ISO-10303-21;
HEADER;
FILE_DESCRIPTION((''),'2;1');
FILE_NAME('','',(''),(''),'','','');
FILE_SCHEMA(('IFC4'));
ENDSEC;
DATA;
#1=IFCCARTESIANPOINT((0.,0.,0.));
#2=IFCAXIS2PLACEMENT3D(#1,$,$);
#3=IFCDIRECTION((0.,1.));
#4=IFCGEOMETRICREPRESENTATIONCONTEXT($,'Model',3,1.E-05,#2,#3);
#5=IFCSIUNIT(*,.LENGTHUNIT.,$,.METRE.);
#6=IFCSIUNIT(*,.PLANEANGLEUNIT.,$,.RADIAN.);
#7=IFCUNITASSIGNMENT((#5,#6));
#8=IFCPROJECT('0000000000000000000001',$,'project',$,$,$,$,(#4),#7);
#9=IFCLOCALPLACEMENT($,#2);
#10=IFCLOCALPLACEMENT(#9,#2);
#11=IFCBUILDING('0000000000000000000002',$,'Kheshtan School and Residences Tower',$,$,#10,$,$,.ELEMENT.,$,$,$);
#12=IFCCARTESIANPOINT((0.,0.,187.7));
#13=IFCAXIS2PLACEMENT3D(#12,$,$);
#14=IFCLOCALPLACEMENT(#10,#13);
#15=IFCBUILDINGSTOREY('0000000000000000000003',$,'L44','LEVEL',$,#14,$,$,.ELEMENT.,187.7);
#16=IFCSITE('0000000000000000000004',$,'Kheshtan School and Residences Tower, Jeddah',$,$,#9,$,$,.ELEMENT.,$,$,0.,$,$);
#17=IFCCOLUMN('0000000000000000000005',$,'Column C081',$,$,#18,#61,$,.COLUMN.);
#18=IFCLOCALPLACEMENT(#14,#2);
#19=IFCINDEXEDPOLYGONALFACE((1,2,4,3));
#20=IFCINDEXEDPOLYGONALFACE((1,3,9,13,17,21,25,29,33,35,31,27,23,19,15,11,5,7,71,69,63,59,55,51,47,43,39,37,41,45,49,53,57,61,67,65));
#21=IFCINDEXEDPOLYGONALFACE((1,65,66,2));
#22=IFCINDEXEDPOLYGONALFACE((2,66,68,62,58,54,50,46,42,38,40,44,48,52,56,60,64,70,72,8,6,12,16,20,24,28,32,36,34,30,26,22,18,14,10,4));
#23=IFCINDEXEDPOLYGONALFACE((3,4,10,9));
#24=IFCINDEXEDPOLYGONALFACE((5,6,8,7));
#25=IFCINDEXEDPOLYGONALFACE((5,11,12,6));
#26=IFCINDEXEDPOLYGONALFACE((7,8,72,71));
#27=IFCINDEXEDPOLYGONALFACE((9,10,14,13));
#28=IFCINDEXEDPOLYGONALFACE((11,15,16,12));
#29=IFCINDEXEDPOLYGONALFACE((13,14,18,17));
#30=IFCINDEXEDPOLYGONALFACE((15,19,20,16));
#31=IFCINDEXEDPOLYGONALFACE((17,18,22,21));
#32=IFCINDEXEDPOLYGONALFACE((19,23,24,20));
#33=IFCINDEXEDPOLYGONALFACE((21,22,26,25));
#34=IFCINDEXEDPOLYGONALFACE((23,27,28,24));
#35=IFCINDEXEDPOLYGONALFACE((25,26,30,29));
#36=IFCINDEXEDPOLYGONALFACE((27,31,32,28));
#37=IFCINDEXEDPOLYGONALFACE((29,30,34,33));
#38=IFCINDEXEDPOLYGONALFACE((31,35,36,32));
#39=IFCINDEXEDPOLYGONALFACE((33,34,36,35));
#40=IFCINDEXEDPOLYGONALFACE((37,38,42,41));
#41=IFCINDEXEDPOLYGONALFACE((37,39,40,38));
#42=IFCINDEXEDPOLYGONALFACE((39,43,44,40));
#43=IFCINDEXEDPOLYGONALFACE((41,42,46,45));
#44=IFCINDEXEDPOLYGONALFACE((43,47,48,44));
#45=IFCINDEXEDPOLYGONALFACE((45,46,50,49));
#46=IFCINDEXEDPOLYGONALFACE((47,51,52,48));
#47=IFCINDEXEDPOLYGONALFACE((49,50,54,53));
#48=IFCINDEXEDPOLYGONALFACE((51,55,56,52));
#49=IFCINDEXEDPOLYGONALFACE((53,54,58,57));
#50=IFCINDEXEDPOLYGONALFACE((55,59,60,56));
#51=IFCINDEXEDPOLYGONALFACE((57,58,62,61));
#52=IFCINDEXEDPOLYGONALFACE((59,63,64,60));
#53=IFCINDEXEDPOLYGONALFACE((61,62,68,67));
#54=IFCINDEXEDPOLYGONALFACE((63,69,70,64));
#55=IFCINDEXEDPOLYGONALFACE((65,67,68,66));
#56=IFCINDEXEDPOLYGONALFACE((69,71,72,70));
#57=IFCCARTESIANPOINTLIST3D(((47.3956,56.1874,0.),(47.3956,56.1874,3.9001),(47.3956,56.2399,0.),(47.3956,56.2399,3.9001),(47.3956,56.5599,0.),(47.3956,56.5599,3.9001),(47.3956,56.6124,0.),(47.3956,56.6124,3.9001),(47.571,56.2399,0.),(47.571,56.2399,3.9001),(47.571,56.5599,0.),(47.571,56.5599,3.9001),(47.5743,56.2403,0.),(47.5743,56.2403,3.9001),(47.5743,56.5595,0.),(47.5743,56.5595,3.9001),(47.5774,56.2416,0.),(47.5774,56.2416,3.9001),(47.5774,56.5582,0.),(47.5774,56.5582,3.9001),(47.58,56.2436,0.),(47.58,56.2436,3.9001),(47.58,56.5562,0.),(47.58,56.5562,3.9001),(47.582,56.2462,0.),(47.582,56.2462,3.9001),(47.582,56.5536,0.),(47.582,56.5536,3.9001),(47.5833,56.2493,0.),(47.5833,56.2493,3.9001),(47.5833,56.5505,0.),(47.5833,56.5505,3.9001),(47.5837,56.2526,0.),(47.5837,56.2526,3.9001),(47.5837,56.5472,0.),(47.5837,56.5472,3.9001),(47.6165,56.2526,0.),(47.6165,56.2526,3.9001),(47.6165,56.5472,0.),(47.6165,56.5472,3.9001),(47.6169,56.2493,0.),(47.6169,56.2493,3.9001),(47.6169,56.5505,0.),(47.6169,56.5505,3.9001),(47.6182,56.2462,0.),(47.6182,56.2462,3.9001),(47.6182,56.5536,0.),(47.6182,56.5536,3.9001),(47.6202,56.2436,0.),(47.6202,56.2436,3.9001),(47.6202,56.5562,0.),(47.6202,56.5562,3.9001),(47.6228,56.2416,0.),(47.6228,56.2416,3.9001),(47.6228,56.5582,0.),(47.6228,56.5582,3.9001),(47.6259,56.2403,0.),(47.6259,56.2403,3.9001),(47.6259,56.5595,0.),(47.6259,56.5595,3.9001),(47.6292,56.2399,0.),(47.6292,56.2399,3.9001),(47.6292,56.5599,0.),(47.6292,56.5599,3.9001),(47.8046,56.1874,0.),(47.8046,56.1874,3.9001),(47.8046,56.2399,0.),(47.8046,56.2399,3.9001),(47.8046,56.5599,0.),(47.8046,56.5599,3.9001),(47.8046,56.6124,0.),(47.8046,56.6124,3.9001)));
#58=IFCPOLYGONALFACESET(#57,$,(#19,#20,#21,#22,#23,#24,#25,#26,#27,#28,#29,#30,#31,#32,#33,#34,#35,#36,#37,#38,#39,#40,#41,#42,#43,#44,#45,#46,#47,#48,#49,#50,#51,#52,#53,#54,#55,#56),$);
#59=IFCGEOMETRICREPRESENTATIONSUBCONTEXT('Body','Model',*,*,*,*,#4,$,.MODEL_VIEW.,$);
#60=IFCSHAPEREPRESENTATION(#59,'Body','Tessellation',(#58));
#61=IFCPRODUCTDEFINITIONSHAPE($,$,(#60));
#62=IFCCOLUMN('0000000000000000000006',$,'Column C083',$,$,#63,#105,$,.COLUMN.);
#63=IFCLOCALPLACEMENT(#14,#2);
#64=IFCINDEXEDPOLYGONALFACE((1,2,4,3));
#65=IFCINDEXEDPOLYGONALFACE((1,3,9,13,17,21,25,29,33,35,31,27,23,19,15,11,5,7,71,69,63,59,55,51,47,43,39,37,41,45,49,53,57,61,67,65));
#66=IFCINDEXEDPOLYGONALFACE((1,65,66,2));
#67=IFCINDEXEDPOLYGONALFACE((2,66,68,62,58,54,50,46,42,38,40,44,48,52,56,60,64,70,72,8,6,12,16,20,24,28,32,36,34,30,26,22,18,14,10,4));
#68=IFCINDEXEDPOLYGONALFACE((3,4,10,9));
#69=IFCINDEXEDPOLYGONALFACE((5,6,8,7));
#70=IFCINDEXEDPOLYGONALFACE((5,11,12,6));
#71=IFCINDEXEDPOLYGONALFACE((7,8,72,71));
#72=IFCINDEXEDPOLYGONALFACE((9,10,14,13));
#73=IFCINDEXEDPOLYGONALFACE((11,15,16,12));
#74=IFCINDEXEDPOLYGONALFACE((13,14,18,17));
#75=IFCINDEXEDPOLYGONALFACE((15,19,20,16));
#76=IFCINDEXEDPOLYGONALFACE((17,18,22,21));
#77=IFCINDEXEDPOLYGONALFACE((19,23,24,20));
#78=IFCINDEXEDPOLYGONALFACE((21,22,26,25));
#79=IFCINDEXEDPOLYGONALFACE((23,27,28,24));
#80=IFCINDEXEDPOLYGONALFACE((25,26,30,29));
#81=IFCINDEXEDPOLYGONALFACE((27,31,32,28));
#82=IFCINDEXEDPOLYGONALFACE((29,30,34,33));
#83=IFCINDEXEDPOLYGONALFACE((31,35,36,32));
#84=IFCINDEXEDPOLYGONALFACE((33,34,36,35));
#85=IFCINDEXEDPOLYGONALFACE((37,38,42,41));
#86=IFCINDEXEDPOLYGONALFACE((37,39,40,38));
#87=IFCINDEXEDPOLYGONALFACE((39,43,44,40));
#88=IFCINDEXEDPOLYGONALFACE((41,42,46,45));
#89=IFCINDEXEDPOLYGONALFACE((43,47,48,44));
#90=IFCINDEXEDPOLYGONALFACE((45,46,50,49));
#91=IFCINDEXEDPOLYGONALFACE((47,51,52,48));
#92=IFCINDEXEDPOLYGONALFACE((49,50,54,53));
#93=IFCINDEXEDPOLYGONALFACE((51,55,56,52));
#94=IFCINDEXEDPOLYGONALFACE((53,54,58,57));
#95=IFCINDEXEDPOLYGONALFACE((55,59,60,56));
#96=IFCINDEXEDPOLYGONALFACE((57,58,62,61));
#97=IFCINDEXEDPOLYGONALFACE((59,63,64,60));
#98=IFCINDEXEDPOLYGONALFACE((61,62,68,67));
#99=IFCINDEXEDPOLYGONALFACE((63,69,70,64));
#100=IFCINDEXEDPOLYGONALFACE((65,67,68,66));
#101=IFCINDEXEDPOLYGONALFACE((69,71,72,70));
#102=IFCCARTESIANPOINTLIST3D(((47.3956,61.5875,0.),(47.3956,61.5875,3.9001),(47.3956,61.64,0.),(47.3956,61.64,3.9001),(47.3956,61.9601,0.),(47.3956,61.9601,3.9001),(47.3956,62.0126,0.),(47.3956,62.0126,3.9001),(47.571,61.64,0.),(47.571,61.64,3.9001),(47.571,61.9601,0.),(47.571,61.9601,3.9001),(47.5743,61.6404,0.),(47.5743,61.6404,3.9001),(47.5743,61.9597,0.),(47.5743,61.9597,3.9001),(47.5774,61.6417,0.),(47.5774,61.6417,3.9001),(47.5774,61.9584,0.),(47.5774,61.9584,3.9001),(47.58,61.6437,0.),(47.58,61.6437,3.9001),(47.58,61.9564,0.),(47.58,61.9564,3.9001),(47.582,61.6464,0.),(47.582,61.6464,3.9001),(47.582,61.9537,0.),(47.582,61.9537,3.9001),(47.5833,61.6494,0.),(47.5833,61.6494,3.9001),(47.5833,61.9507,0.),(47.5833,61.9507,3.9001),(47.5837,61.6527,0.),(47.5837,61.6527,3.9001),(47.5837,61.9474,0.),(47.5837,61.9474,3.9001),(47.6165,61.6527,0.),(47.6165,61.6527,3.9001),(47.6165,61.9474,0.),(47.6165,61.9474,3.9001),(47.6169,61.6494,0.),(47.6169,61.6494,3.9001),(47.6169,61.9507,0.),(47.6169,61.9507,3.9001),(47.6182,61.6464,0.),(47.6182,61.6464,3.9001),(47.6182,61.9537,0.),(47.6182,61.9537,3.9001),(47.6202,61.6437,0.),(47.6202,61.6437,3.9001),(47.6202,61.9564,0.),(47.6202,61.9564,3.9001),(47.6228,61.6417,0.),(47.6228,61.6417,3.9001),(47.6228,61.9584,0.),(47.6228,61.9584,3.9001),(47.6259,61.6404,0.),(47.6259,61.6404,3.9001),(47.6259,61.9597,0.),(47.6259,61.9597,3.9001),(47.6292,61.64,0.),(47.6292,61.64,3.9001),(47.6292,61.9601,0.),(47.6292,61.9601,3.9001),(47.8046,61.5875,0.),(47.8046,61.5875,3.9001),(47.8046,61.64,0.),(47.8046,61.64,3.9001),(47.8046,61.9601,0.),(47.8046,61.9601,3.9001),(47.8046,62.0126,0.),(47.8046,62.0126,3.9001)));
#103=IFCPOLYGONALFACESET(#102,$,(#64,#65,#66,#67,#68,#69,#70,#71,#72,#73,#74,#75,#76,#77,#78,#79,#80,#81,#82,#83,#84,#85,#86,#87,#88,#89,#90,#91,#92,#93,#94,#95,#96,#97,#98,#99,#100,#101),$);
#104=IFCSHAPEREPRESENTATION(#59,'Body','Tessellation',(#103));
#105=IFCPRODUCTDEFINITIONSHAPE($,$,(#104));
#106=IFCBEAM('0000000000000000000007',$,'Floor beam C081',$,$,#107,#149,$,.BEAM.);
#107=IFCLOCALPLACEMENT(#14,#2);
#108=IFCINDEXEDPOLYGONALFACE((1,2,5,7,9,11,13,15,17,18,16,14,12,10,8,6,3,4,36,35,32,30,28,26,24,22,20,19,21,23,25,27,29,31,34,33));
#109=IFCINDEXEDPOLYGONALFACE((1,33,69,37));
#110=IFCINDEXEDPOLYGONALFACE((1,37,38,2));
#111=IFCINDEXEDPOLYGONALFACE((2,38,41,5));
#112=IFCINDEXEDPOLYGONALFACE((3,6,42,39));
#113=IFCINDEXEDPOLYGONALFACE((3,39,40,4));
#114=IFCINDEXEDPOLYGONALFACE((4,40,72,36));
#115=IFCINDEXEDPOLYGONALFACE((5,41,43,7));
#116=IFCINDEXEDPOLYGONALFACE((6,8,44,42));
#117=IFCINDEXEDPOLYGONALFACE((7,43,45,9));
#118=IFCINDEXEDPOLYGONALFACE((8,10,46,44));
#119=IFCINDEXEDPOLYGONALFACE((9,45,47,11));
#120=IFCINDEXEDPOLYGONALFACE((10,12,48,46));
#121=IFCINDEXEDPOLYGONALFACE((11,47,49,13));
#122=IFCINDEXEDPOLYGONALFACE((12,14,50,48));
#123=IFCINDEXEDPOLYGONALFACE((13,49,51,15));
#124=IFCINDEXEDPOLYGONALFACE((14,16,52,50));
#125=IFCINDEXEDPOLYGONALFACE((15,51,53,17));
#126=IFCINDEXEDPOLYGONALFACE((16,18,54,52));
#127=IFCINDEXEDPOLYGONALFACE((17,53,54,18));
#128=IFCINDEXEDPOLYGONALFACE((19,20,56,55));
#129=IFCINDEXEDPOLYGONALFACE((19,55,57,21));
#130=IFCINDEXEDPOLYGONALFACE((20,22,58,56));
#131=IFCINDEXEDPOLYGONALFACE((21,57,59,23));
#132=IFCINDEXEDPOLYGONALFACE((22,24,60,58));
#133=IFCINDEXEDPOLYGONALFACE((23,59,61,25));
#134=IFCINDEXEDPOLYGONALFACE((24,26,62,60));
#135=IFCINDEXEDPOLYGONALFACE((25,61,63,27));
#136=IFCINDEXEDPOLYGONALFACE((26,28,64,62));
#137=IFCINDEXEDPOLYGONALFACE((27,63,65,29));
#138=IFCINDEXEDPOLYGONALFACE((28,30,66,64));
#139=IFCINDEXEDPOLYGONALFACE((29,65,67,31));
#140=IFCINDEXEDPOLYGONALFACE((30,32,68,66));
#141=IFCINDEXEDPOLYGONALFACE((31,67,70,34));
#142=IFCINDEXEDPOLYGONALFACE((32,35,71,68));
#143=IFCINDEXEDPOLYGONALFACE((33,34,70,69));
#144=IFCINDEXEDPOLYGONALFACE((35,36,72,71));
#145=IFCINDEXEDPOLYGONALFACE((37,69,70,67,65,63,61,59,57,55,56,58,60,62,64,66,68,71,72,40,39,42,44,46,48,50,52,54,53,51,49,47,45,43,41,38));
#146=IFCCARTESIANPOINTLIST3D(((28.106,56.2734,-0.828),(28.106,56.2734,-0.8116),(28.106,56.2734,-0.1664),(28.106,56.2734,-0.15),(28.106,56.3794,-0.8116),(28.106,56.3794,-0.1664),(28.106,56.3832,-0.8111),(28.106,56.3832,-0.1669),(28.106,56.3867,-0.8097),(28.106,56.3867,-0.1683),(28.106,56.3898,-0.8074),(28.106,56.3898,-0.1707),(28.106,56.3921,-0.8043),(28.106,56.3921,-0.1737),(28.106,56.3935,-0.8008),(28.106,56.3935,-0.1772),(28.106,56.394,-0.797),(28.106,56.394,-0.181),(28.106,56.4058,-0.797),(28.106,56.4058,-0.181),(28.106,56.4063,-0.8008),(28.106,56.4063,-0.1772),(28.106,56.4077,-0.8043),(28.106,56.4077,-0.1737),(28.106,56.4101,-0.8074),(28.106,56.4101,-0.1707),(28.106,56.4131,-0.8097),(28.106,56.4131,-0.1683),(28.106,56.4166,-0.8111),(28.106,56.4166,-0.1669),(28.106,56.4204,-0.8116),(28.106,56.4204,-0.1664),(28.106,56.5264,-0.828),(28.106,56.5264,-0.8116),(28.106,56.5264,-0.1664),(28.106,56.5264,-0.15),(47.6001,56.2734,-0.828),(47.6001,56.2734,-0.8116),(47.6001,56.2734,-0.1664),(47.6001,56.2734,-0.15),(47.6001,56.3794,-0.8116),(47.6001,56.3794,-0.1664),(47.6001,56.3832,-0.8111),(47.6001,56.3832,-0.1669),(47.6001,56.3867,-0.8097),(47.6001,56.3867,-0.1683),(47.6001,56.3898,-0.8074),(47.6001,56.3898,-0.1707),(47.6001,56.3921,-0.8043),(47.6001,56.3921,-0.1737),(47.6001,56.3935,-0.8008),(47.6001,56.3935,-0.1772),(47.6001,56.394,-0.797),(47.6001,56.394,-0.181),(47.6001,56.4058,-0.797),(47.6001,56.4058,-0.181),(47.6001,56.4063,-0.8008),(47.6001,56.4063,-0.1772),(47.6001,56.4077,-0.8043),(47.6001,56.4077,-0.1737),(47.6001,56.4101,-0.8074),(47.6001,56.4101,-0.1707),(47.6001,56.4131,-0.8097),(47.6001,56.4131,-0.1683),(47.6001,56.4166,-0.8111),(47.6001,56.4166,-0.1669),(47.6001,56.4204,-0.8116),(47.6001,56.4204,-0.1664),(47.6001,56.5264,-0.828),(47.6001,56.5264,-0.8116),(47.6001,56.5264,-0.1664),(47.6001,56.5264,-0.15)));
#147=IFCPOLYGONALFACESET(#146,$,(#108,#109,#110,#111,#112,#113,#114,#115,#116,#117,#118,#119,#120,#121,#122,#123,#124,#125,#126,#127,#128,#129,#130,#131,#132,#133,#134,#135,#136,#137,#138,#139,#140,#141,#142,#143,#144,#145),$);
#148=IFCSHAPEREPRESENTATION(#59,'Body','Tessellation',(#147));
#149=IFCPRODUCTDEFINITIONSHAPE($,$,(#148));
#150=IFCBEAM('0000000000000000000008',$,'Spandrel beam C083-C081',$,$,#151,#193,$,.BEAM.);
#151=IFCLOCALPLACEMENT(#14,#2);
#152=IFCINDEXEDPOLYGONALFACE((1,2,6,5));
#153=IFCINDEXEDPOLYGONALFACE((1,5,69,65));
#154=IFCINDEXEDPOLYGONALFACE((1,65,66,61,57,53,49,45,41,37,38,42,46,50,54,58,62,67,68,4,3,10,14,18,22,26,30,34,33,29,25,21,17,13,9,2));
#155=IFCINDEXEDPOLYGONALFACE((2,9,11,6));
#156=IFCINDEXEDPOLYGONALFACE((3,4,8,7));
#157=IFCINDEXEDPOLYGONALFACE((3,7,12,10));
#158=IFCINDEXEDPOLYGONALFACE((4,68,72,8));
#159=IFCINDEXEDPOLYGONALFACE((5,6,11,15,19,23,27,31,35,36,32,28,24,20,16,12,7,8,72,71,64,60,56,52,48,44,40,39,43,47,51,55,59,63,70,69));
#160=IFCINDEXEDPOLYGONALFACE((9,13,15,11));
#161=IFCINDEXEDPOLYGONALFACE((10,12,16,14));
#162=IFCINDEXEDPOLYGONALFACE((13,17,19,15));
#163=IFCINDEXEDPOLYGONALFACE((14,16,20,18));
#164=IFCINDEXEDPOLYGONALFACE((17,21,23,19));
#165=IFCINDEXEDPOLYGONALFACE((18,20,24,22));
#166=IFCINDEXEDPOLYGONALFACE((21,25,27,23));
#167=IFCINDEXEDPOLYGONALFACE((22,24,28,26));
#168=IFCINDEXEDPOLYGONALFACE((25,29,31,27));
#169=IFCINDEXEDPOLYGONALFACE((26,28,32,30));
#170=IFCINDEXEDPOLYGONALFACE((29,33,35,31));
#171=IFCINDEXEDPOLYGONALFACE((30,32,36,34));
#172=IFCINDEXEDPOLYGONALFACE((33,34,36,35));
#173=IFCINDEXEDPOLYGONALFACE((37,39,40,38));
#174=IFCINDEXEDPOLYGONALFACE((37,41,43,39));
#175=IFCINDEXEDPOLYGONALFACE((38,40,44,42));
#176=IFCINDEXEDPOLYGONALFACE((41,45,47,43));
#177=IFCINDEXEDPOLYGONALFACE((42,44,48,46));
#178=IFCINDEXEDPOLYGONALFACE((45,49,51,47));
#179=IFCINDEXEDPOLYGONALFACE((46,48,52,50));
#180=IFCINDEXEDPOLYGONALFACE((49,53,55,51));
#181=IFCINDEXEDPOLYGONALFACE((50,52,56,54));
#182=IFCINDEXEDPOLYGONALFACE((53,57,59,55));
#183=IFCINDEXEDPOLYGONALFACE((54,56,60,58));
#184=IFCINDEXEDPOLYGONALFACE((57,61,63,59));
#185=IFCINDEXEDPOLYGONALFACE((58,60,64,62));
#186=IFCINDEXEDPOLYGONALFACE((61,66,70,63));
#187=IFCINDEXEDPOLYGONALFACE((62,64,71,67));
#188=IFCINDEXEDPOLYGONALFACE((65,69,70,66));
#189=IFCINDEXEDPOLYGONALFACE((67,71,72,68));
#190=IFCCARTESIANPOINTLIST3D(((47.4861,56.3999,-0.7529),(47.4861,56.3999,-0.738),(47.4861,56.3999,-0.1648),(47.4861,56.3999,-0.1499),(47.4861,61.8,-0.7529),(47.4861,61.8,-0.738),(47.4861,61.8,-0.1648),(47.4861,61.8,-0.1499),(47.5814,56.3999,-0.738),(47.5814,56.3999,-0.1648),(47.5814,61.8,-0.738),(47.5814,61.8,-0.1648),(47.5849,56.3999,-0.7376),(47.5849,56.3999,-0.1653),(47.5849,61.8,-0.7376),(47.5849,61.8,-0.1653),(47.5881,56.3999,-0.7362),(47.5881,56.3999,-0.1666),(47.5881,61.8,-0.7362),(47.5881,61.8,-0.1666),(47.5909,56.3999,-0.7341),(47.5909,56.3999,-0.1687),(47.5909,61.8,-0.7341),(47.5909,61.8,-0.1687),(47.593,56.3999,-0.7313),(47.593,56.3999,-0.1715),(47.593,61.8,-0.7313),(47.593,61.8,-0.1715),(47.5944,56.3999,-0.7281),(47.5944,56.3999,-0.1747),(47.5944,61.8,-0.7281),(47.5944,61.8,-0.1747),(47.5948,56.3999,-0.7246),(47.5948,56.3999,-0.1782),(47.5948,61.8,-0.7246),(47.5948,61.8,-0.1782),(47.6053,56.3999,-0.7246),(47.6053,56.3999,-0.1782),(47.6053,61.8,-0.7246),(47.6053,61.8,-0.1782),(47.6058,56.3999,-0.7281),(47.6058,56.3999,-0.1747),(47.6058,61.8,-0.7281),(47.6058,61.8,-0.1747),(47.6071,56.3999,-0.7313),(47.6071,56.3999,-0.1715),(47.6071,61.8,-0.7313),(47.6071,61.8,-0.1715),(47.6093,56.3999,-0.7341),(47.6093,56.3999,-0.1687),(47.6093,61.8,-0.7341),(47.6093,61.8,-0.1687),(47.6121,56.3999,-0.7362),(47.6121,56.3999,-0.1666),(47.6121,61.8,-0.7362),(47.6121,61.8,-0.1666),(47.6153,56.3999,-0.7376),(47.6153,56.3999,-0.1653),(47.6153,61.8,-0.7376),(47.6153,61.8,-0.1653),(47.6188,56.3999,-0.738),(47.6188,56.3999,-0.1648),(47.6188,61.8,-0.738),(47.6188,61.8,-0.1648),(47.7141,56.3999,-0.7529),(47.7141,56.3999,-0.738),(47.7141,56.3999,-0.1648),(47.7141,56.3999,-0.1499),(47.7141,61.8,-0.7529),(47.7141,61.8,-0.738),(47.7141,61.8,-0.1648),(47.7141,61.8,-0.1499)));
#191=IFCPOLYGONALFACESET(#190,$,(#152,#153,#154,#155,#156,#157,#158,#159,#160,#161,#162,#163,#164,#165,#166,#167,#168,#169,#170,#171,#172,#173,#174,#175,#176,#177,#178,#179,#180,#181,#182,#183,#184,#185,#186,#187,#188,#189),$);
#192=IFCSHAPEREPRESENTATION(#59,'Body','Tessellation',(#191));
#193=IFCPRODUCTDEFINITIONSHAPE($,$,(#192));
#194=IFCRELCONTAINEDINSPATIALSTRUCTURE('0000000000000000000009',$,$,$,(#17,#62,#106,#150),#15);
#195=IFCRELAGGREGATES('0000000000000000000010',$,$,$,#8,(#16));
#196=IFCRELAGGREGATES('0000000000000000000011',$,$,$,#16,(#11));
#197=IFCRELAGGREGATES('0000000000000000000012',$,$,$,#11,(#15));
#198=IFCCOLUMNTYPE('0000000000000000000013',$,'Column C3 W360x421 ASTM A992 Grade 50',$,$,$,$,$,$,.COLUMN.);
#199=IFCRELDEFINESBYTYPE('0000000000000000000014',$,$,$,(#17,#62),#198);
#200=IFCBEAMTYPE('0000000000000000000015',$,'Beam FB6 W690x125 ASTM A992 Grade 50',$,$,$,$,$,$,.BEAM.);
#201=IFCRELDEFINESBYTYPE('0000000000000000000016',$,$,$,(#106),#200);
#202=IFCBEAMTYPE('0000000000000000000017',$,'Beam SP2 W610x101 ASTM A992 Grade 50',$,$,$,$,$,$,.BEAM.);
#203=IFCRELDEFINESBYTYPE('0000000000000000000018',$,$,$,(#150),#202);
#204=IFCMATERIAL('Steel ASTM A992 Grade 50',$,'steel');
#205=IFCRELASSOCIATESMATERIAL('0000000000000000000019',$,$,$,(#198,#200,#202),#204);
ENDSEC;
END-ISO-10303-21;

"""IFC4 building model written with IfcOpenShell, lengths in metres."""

from ifc_helpers import new_model, si_unit, direction, frame, origin, origin_2d, place, context, subcontext, project, spatial, i_section, extrude, material, material_profile, profile_set, type_object, element, save


model = new_model("IFC4")

# Units and contexts
model_context = context("Model", 3, precision=1e-05, world=origin(), true_north=direction((0.0, 1.0)))
body_context = subcontext(model_context, "Body", "Model", "MODEL_VIEW")
ifc_project = project(units=[si_unit("LENGTHUNIT", "METRE"), si_unit("PLANEANGLEUNIT", "RADIAN")], contexts=[model_context])

# Site, building, storey
site_placement = place(None, origin())
site = spatial("IfcSite", under=ifc_project, at=site_placement, Name="Kheshtan School and Residences Tower, Jeddah", CompositionType="ELEMENT", RefElevation=0.0)
building_placement = place(site_placement, origin())
building = spatial("IfcBuilding", under=site, at=building_placement, Name="Kheshtan School and Residences Tower", CompositionType="ELEMENT")
storey_placement = place(building_placement, frame((0.0, 0.0, 187.7)))
storey = spatial("IfcBuildingStorey", under=building, at=storey_placement, Name="L44", Description="LEVEL", CompositionType="ELEMENT", Elevation=187.7)

# Columns
ifc_material_1 = material(Name="Steel ASTM A992 Grade 50", Category="steel")
ifc_material_profile_1 = material_profile(ifc_material_1, i_section(OverallWidth=0.4089, OverallDepth=0.425, WebThickness=0.0327, FlangeThickness=0.0525, FilletRadius=0.0127, at=origin_2d()), Name="W360x421")
ifc_profile_set_1 = profile_set([ifc_material_profile_1], Name="Steel ASTM A992 Grade 50")
column_type = type_object("IfcColumnType", Name="Column C3 W360x421 ASTM A992 Grade 50", PredefinedType="COLUMN", material=ifc_profile_set_1)
for number, where, z_axis, x_axis, name in (
    (1, (47.6001, 56.3999, 0.0), (0.0, 0.0, 1.0), (1.0, 0.0, 0.0), "Column C081"),
    (2, (47.6001, 61.8, 0.0), (0.0, 0.0, 1.0), (1.0, 0.0, 0.0), "Column C083"),
):
    element("IfcColumn", number, at=place(storey_placement, frame(where, z_axis=z_axis, x_axis=x_axis)), inside=storey, type_object=column_type, Name=name, PredefinedType="COLUMN", context=body_context, shape_type="SweptSolid", body=[
        extrude(i_section(OverallWidth=0.4089, OverallDepth=0.425, WebThickness=0.0327, FlangeThickness=0.0525, FilletRadius=0.0127, at=origin_2d()), origin(), (0.0, 0.0, 1.0), 3.9001),
    ])

# Beams
ifc_material_profile_2 = material_profile(ifc_material_1, i_section(OverallWidth=0.2529, OverallDepth=0.678, WebThickness=0.0117, FlangeThickness=0.0164, FilletRadius=0.0146, at=origin_2d()), Name="W690x125")
ifc_profile_set_2 = profile_set([ifc_material_profile_2], Name="Steel ASTM A992 Grade 50")
beam_type_1 = type_object("IfcBeamType", Name="Beam FB6 W690x125 ASTM A992 Grade 50", PredefinedType="BEAM", material=ifc_profile_set_2)
beam_1_placement = place(storey_placement, frame((47.6001, 56.3999, -0.489), z_axis=(-1.0, 0.0, 0.0), x_axis=(0.0, -1.0, 0.0)))
element("IfcBeam", 3, at=beam_1_placement, inside=storey, type_object=beam_type_1, Name="Floor beam C081", PredefinedType="BEAM", context=body_context, shape_type="SweptSolid", body=[
    extrude(i_section(OverallWidth=0.2529, OverallDepth=0.678, WebThickness=0.0117, FlangeThickness=0.0164, FilletRadius=0.0146, at=origin_2d()), origin(), (0.0, 0.0, 1.0), 19.4941),
])
ifc_material_profile_3 = material_profile(ifc_material_1, i_section(OverallWidth=0.228, OverallDepth=0.603, WebThickness=0.0105, FlangeThickness=0.0149, FilletRadius=0.0134, at=origin_2d()), Name="W610x101")
ifc_profile_set_3 = profile_set([ifc_material_profile_3], Name="Steel ASTM A992 Grade 50")
beam_type_2 = type_object("IfcBeamType", Name="Beam SP2 W610x101 ASTM A992 Grade 50", PredefinedType="BEAM", material=ifc_profile_set_3)
beam_2_placement = place(storey_placement, frame((47.6001, 61.8, -0.4514), z_axis=(0.0, -1.0, 0.0), x_axis=(1.0, 0.0, 0.0)))
element("IfcBeam", 4, at=beam_2_placement, inside=storey, type_object=beam_type_2, Name="Spandrel beam C083-C081", PredefinedType="BEAM", context=body_context, shape_type="SweptSolid", body=[
    extrude(i_section(OverallWidth=0.228, OverallDepth=0.603, WebThickness=0.0105, FlangeThickness=0.0149, FilletRadius=0.0134, at=origin_2d()), origin(), (0.0, 0.0, 1.0), 5.4001),
])

save(model, "model.ifc")
